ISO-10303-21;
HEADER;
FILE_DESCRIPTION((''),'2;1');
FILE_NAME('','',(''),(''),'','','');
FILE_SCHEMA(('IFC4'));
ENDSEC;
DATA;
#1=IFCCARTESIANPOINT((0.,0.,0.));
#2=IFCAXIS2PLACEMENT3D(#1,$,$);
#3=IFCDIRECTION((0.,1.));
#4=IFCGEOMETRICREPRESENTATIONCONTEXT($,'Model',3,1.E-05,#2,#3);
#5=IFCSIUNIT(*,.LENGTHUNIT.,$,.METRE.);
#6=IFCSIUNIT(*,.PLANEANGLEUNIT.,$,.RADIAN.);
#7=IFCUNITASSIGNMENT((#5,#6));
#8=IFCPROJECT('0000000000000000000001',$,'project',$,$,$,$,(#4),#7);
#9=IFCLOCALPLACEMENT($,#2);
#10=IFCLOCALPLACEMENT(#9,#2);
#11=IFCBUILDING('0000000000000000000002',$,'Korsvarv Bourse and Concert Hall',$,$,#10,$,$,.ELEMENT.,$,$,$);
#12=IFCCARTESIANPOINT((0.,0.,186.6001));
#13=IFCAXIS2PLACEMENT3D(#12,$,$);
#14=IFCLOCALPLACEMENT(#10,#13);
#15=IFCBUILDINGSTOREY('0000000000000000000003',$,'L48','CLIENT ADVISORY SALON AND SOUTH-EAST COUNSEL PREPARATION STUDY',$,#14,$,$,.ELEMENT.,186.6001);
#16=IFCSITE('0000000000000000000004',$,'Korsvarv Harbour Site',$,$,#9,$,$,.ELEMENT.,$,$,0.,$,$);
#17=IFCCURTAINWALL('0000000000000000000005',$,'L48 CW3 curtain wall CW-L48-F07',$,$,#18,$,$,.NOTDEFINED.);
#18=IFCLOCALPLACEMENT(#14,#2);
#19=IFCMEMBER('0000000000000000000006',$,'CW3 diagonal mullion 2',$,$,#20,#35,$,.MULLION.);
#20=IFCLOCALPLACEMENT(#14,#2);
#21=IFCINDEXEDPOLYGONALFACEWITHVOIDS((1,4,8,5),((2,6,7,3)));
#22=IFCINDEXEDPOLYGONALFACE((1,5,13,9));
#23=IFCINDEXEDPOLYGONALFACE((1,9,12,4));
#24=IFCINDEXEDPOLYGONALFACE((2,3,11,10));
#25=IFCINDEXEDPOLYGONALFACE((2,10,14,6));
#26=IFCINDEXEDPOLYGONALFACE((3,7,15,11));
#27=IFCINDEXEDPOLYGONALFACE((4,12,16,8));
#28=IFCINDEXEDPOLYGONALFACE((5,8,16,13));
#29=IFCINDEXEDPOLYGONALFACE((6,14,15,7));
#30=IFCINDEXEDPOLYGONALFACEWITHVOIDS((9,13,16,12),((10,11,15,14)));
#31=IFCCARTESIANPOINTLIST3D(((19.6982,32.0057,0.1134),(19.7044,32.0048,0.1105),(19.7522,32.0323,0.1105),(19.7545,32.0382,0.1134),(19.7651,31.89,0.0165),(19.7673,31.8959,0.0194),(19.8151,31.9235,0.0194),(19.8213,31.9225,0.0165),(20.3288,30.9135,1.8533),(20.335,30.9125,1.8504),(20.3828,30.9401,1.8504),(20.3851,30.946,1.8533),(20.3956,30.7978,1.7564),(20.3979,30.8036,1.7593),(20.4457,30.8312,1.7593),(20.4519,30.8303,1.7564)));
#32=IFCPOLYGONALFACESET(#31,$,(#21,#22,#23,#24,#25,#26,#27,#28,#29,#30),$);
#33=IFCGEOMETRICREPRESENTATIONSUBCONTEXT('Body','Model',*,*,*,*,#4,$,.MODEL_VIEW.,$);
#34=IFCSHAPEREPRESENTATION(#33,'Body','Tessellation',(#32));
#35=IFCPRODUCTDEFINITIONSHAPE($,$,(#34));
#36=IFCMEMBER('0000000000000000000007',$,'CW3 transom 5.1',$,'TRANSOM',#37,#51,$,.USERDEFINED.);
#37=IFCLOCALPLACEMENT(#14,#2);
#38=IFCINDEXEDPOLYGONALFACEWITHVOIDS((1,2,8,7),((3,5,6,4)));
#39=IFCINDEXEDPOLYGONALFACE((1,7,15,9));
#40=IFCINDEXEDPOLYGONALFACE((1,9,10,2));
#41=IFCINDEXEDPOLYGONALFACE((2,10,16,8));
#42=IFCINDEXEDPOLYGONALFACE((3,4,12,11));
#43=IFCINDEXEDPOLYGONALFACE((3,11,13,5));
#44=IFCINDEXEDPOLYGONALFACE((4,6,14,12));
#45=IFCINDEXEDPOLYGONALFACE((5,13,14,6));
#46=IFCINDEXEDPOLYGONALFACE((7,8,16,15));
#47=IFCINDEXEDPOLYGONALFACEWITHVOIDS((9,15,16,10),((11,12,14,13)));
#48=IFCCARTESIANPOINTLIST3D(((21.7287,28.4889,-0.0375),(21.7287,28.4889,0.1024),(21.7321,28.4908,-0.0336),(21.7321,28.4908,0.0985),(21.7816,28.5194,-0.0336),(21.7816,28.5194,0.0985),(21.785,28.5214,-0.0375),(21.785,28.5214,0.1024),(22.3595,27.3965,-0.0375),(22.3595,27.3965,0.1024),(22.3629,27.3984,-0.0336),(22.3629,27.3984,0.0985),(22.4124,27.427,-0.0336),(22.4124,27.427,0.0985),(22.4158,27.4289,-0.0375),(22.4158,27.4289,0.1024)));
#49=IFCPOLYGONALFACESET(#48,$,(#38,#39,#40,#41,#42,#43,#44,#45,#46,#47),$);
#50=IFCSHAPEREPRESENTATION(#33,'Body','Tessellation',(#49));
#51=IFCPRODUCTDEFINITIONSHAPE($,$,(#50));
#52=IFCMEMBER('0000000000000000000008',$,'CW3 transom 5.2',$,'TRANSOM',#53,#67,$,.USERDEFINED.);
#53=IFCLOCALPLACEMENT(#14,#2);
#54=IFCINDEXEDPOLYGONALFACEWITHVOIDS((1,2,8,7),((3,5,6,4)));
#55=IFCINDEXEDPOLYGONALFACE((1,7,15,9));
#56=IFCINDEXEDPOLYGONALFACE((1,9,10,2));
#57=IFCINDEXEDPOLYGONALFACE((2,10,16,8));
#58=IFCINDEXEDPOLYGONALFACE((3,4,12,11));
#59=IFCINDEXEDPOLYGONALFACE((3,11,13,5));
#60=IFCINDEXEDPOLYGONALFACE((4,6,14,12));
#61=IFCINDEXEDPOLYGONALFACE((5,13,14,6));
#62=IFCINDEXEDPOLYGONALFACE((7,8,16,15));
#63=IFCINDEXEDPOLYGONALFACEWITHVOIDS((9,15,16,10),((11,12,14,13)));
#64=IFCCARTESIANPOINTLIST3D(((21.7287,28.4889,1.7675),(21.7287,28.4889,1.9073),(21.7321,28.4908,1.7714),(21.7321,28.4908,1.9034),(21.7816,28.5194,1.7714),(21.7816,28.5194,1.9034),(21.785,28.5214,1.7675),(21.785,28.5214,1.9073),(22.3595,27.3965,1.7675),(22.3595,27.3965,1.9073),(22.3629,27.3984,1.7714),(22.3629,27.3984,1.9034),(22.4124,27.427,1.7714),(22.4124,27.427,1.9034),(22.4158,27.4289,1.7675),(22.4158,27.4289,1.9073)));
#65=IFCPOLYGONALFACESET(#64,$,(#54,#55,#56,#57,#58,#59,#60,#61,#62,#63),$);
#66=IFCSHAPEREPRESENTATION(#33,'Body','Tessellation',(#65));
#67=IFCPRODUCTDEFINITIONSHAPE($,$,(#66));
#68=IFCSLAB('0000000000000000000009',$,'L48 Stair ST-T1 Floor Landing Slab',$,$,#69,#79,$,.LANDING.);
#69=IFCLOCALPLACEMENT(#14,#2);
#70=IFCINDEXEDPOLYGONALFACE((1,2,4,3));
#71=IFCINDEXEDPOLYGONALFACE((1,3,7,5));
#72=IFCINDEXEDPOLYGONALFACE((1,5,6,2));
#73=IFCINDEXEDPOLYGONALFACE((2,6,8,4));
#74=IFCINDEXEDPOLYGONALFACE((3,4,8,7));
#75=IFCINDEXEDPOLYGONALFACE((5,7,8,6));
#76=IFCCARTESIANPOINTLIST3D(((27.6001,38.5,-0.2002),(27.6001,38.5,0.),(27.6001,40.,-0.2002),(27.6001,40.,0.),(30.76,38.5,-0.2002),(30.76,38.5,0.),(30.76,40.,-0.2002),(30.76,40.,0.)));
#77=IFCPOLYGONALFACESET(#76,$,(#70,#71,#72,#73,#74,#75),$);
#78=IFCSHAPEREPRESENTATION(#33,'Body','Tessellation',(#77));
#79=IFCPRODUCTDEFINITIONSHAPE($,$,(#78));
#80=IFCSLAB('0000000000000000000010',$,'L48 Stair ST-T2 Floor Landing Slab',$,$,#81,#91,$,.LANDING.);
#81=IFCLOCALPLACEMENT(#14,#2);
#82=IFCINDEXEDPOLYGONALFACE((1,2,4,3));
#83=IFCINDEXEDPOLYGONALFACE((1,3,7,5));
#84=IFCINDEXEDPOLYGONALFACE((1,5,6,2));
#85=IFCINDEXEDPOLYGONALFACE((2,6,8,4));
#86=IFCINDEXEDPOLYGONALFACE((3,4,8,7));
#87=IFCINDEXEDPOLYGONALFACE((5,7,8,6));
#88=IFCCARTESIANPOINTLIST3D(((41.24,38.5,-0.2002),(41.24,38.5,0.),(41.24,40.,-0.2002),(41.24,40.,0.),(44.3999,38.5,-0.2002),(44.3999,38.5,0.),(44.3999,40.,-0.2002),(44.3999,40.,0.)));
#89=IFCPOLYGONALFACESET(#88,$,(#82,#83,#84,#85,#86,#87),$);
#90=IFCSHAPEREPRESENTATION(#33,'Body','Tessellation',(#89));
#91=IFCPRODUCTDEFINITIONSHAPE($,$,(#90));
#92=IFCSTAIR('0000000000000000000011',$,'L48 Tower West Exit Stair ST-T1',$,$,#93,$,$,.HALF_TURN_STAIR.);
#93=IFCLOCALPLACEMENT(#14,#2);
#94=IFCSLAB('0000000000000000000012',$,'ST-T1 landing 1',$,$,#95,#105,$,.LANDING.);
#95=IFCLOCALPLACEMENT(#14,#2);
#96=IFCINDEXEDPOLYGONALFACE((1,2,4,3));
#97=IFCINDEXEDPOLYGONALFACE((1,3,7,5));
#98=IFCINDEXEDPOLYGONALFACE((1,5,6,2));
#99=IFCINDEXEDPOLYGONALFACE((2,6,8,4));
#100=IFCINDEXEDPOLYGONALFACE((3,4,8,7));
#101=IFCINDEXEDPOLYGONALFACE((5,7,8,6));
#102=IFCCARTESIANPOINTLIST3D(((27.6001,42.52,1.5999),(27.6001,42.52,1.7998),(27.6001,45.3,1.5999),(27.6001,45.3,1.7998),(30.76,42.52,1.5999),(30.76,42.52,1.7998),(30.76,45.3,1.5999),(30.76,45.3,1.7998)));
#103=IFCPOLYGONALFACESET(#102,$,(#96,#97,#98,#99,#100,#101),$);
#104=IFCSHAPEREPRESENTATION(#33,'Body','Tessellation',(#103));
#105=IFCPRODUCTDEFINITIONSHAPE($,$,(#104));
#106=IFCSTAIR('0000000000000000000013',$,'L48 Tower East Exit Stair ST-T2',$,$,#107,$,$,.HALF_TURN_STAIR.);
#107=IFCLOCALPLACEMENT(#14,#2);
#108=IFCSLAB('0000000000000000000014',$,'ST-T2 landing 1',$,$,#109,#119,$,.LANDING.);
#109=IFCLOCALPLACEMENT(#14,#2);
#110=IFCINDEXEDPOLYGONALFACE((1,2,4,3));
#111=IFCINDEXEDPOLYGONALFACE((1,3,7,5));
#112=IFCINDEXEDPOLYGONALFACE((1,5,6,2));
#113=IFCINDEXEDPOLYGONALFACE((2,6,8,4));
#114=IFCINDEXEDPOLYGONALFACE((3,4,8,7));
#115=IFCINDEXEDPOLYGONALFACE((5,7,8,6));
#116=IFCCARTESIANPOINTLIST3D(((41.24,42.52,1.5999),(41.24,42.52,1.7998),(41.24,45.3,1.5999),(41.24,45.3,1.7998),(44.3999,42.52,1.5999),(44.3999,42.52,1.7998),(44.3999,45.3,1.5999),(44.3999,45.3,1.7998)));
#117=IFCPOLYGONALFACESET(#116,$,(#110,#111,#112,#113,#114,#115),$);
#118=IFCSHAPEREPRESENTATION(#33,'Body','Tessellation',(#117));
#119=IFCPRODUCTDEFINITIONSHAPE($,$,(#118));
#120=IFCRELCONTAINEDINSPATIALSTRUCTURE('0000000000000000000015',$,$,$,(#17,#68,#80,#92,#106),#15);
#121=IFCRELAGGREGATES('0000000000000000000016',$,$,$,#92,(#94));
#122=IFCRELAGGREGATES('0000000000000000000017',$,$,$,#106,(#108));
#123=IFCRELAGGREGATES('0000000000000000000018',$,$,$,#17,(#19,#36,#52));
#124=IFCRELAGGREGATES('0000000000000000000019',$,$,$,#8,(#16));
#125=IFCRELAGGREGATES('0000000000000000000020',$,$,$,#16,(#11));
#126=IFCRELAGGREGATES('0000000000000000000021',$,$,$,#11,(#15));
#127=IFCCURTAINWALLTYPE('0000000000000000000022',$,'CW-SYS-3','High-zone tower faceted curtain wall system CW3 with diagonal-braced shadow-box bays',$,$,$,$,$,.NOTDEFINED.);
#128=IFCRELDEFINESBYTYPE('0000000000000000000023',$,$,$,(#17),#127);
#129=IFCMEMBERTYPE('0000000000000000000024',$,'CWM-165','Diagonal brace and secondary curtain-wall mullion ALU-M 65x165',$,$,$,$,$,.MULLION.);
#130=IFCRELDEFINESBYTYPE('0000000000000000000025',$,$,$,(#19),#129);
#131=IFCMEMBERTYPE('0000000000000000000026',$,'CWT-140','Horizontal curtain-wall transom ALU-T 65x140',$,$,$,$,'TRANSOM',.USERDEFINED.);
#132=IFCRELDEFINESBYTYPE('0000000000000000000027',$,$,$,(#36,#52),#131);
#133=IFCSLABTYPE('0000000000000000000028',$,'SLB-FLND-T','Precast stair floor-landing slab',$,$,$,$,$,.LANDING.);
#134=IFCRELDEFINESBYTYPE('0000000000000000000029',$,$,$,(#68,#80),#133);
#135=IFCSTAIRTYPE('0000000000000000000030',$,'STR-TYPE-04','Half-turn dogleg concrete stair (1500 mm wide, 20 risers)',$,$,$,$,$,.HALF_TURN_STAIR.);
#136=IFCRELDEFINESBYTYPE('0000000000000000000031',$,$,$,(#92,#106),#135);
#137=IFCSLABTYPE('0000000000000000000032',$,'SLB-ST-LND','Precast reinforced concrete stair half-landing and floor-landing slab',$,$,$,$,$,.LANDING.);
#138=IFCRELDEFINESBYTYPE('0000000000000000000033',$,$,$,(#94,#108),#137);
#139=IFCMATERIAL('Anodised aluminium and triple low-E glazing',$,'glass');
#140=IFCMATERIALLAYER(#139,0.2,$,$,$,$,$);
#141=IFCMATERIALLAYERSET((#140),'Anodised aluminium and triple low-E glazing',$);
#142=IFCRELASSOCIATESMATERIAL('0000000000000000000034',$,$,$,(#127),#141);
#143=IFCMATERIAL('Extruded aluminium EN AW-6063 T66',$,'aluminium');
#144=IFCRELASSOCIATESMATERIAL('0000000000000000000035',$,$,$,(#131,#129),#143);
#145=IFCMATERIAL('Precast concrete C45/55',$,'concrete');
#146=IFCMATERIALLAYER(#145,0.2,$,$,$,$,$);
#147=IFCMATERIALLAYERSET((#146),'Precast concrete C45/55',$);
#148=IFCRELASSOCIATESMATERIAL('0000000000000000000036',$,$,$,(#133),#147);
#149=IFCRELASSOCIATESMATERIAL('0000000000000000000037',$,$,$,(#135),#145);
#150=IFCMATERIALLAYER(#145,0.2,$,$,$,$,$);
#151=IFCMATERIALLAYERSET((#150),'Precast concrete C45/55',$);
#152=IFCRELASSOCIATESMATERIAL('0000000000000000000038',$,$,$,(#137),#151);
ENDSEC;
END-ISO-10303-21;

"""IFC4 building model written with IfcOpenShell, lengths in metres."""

from ifc_helpers import new_model, si_unit, direction, frame, origin, origin_2d, place, context, subcontext, project, spatial, polyline, hollow_rectangle, outline, extrude, source, transform, mapped, material, layer, layer_set, material_profile, profile_set, type_object, element, aggregate, save


model = new_model("IFC4")

# Units and contexts
model_context = context("Model", 3, precision=1e-05, world=origin(), true_north=direction((0.0, 1.0)))
body_context = subcontext(model_context, "Body", "Model", "MODEL_VIEW")
ifc_project = project(units=[si_unit("LENGTHUNIT", "METRE"), si_unit("PLANEANGLEUNIT", "RADIAN")], contexts=[model_context])

# Site, building, storey
site_placement = place(None, origin())
site = spatial("IfcSite", under=ifc_project, at=site_placement, Name="Korsvarv Harbour Site", CompositionType="ELEMENT", RefElevation=0.0)
building_placement = place(site_placement, origin())
building = spatial("IfcBuilding", under=site, at=building_placement, Name="Korsvarv Bourse and Concert Hall", CompositionType="ELEMENT")
storey_placement = place(building_placement, frame((0.0, 0.0, 186.6001)))
storey = spatial("IfcBuildingStorey", under=building, at=storey_placement, Name="L48", Description="CLIENT ADVISORY SALON AND SOUTH-EAST COUNSEL PREPARATION STUDY", CompositionType="ELEMENT", Elevation=186.6001)

# Curtain wall, members
ifc_material_1 = material(Name="Anodised aluminium and triple low-E glazing", Category="glass")
ifc_layer_1 = layer(ifc_material_1, 0.2)
ifc_layer_set_1 = layer_set([ifc_layer_1], Name="Anodised aluminium and triple low-E glazing")
curtain_wall_type = type_object("IfcCurtainWallType", Name="CW-SYS-3", Description="High-zone tower faceted curtain wall system CW3 with diagonal-braced shadow-box bays", PredefinedType="NOTDEFINED", material=ifc_layer_set_1)
curtain_wall_placement = place(storey_placement, origin())
curtain_wall = element("IfcCurtainWall", 1, at=curtain_wall_placement, inside=storey, type_object=curtain_wall_type, Name="L48 CW3 curtain wall CW-L48-F07", PredefinedType="NOTDEFINED")
ifc_material_2 = material(Name="Extruded aluminium EN AW-6063 T66", Category="aluminium")
ifc_material_profile_1 = material_profile(ifc_material_2, hollow_rectangle(XDim=0.0649, YDim=0.1399, WallThickness=0.0039, at=origin_2d()), Name="ALU-T 65x140")
ifc_profile_set_1 = profile_set([ifc_material_profile_1], Name="Extruded aluminium EN AW-6063 T66")
member_type_1 = type_object("IfcMemberType", Name="CWT-140", Description="Horizontal curtain-wall transom ALU-T 65x140", ElementType="TRANSOM", PredefinedType="USERDEFINED", material=ifc_profile_set_1)
ifc_material_profile_2 = material_profile(ifc_material_2, hollow_rectangle(XDim=0.0649, YDim=0.165, WallThickness=0.0049, at=origin_2d()), Name="ALU-M 65x165")
ifc_profile_set_2 = profile_set([ifc_material_profile_2], Name="Extruded aluminium EN AW-6063 T66")
member_type_2 = type_object("IfcMemberType", Name="CWM-165", Description="Diagonal brace and secondary curtain-wall mullion ALU-M 65x165", PredefinedType="MULLION", material=ifc_profile_set_2)
shared_shape_1 = source(origin(), body_context, "Body", "SweptSolid", [
    extrude(hollow_rectangle(XDim=0.0649, YDim=0.165, WallThickness=0.0049, at=origin_2d()), origin(), (0.0, 0.0, 1.0), 2.1489),
])
member_1_placement = place(storey_placement, frame((19.7598, 31.9641, 0.0649), z_axis=(0.293442, -0.508269, 0.809663), x_axis=(0.866031, 0.499991, 0.0)))
member_1 = element("IfcMember", 2, at=member_1_placement, type_object=member_type_2, Name="CW3 diagonal mullion 2", PredefinedType="MULLION", context=body_context, shape_type="MappedRepresentation", body=[
    mapped(shared_shape_1, transform((0.0, 0.0, 0.0), scale=1.0)),
])
shared_shape_2 = source(origin(), body_context, "Body", "SweptSolid", [
    extrude(hollow_rectangle(XDim=0.0649, YDim=0.1399, WallThickness=0.0039, at=origin_2d()), origin(), (0.0, 0.0, 1.0), 1.2615),
])
member_2_placement = place(storey_placement, frame((21.7568, 28.5051, 0.0325), z_axis=(0.500052, -0.865995, 0.0), x_axis=(0.865995, 0.500052, 0.0)))
member_2 = element("IfcMember", 3, at=member_2_placement, type_object=member_type_1, Name="CW3 transom 5.1", ObjectType="TRANSOM", PredefinedType="USERDEFINED", context=body_context, shape_type="MappedRepresentation", body=[
    mapped(shared_shape_2, transform((0.0, 0.0, 0.0), scale=1.0)),
])
member_3_placement = place(storey_placement, frame((21.7568, 28.5051, 1.8374), z_axis=(0.500052, -0.865995, 0.0), x_axis=(0.865995, 0.500052, 0.0)))
member_3 = element("IfcMember", 4, at=member_3_placement, type_object=member_type_1, Name="CW3 transom 5.2", ObjectType="TRANSOM", PredefinedType="USERDEFINED", context=body_context, shape_type="MappedRepresentation", body=[
    mapped(shared_shape_2, transform((0.0, 0.0, 0.0), scale=1.0)),
])

# Slabs
ifc_material_3 = material(Name="Precast concrete C45/55", Category="concrete")
ifc_layer_2 = layer(ifc_material_3, 0.2)
ifc_layer_set_2 = layer_set([ifc_layer_2], Name="Precast concrete C45/55")
slab_type_1 = type_object("IfcSlabType", Name="SLB-FLND-T", Description="Precast stair floor-landing slab", PredefinedType="LANDING", material=ifc_layer_set_2)
slab_1_placement = place(storey_placement, frame((0.0, 0.0, -0.2002)))
element("IfcSlab", 5, at=slab_1_placement, inside=storey, type_object=slab_type_1, Name="L48 Stair ST-T1 Floor Landing Slab", PredefinedType="LANDING", context=body_context, shape_type="SweptSolid", body=[
    extrude(outline(polyline([(30.76, 38.5), (30.76, 40.0), (27.6001, 40.0), (27.6001, 38.5), (30.76, 38.5)])), origin(), (0.0, 0.0, 1.0), 0.2002),
])
slab_2_placement = place(storey_placement, frame((0.0, 0.0, -0.2002)))
element("IfcSlab", 6, at=slab_2_placement, inside=storey, type_object=slab_type_1, Name="L48 Stair ST-T2 Floor Landing Slab", PredefinedType="LANDING", context=body_context, shape_type="SweptSolid", body=[
    extrude(outline(polyline([(44.3999, 38.5), (44.3999, 40.0), (41.24, 40.0), (41.24, 38.5), (44.3999, 38.5)])), origin(), (0.0, 0.0, 1.0), 0.2002),
])

# Stairs, slabs
stair_type = type_object("IfcStairType", Name="STR-TYPE-04", Description="Half-turn dogleg concrete stair (1500 mm wide, 20 risers)", PredefinedType="HALF_TURN_STAIR", material=ifc_material_3)
stair_1_placement = place(storey_placement, origin())
stair_1 = element("IfcStair", 7, at=stair_1_placement, inside=storey, type_object=stair_type, Name="L48 Tower West Exit Stair ST-T1", PredefinedType="HALF_TURN_STAIR")
ifc_layer_3 = layer(ifc_material_3, 0.2)
ifc_layer_set_3 = layer_set([ifc_layer_3], Name="Precast concrete C45/55")
slab_type_2 = type_object("IfcSlabType", Name="SLB-ST-LND", Description="Precast reinforced concrete stair half-landing and floor-landing slab", PredefinedType="LANDING", material=ifc_layer_set_3)
slab_3_placement = place(storey_placement, frame((0.0, 0.0, 1.5999)))
slab_3 = element("IfcSlab", 8, at=slab_3_placement, type_object=slab_type_2, Name="ST-T1 landing 1", PredefinedType="LANDING", context=body_context, shape_type="SweptSolid", body=[
    extrude(outline(polyline([(30.76, 42.52), (30.76, 45.3), (27.6001, 45.3), (27.6001, 42.52), (30.76, 42.52)])), origin(), (0.0, 0.0, 1.0), 0.2),
])
aggregate(stair_1, [slab_3])
stair_2_placement = place(storey_placement, origin())
stair_2 = element("IfcStair", 9, at=stair_2_placement, inside=storey, type_object=stair_type, Name="L48 Tower East Exit Stair ST-T2", PredefinedType="HALF_TURN_STAIR")
slab_4_placement = place(storey_placement, frame((0.0, 0.0, 1.5999)))
slab_4 = element("IfcSlab", 10, at=slab_4_placement, type_object=slab_type_2, Name="ST-T2 landing 1", PredefinedType="LANDING", context=body_context, shape_type="SweptSolid", body=[
    extrude(outline(polyline([(44.3999, 42.52), (44.3999, 45.3), (41.24, 45.3), (41.24, 42.52), (44.3999, 42.52)])), origin(), (0.0, 0.0, 1.0), 0.2),
])
aggregate(stair_2, [slab_4])

aggregate(curtain_wall, [member_1, member_2, member_3])

save(model, "model.ifc")
